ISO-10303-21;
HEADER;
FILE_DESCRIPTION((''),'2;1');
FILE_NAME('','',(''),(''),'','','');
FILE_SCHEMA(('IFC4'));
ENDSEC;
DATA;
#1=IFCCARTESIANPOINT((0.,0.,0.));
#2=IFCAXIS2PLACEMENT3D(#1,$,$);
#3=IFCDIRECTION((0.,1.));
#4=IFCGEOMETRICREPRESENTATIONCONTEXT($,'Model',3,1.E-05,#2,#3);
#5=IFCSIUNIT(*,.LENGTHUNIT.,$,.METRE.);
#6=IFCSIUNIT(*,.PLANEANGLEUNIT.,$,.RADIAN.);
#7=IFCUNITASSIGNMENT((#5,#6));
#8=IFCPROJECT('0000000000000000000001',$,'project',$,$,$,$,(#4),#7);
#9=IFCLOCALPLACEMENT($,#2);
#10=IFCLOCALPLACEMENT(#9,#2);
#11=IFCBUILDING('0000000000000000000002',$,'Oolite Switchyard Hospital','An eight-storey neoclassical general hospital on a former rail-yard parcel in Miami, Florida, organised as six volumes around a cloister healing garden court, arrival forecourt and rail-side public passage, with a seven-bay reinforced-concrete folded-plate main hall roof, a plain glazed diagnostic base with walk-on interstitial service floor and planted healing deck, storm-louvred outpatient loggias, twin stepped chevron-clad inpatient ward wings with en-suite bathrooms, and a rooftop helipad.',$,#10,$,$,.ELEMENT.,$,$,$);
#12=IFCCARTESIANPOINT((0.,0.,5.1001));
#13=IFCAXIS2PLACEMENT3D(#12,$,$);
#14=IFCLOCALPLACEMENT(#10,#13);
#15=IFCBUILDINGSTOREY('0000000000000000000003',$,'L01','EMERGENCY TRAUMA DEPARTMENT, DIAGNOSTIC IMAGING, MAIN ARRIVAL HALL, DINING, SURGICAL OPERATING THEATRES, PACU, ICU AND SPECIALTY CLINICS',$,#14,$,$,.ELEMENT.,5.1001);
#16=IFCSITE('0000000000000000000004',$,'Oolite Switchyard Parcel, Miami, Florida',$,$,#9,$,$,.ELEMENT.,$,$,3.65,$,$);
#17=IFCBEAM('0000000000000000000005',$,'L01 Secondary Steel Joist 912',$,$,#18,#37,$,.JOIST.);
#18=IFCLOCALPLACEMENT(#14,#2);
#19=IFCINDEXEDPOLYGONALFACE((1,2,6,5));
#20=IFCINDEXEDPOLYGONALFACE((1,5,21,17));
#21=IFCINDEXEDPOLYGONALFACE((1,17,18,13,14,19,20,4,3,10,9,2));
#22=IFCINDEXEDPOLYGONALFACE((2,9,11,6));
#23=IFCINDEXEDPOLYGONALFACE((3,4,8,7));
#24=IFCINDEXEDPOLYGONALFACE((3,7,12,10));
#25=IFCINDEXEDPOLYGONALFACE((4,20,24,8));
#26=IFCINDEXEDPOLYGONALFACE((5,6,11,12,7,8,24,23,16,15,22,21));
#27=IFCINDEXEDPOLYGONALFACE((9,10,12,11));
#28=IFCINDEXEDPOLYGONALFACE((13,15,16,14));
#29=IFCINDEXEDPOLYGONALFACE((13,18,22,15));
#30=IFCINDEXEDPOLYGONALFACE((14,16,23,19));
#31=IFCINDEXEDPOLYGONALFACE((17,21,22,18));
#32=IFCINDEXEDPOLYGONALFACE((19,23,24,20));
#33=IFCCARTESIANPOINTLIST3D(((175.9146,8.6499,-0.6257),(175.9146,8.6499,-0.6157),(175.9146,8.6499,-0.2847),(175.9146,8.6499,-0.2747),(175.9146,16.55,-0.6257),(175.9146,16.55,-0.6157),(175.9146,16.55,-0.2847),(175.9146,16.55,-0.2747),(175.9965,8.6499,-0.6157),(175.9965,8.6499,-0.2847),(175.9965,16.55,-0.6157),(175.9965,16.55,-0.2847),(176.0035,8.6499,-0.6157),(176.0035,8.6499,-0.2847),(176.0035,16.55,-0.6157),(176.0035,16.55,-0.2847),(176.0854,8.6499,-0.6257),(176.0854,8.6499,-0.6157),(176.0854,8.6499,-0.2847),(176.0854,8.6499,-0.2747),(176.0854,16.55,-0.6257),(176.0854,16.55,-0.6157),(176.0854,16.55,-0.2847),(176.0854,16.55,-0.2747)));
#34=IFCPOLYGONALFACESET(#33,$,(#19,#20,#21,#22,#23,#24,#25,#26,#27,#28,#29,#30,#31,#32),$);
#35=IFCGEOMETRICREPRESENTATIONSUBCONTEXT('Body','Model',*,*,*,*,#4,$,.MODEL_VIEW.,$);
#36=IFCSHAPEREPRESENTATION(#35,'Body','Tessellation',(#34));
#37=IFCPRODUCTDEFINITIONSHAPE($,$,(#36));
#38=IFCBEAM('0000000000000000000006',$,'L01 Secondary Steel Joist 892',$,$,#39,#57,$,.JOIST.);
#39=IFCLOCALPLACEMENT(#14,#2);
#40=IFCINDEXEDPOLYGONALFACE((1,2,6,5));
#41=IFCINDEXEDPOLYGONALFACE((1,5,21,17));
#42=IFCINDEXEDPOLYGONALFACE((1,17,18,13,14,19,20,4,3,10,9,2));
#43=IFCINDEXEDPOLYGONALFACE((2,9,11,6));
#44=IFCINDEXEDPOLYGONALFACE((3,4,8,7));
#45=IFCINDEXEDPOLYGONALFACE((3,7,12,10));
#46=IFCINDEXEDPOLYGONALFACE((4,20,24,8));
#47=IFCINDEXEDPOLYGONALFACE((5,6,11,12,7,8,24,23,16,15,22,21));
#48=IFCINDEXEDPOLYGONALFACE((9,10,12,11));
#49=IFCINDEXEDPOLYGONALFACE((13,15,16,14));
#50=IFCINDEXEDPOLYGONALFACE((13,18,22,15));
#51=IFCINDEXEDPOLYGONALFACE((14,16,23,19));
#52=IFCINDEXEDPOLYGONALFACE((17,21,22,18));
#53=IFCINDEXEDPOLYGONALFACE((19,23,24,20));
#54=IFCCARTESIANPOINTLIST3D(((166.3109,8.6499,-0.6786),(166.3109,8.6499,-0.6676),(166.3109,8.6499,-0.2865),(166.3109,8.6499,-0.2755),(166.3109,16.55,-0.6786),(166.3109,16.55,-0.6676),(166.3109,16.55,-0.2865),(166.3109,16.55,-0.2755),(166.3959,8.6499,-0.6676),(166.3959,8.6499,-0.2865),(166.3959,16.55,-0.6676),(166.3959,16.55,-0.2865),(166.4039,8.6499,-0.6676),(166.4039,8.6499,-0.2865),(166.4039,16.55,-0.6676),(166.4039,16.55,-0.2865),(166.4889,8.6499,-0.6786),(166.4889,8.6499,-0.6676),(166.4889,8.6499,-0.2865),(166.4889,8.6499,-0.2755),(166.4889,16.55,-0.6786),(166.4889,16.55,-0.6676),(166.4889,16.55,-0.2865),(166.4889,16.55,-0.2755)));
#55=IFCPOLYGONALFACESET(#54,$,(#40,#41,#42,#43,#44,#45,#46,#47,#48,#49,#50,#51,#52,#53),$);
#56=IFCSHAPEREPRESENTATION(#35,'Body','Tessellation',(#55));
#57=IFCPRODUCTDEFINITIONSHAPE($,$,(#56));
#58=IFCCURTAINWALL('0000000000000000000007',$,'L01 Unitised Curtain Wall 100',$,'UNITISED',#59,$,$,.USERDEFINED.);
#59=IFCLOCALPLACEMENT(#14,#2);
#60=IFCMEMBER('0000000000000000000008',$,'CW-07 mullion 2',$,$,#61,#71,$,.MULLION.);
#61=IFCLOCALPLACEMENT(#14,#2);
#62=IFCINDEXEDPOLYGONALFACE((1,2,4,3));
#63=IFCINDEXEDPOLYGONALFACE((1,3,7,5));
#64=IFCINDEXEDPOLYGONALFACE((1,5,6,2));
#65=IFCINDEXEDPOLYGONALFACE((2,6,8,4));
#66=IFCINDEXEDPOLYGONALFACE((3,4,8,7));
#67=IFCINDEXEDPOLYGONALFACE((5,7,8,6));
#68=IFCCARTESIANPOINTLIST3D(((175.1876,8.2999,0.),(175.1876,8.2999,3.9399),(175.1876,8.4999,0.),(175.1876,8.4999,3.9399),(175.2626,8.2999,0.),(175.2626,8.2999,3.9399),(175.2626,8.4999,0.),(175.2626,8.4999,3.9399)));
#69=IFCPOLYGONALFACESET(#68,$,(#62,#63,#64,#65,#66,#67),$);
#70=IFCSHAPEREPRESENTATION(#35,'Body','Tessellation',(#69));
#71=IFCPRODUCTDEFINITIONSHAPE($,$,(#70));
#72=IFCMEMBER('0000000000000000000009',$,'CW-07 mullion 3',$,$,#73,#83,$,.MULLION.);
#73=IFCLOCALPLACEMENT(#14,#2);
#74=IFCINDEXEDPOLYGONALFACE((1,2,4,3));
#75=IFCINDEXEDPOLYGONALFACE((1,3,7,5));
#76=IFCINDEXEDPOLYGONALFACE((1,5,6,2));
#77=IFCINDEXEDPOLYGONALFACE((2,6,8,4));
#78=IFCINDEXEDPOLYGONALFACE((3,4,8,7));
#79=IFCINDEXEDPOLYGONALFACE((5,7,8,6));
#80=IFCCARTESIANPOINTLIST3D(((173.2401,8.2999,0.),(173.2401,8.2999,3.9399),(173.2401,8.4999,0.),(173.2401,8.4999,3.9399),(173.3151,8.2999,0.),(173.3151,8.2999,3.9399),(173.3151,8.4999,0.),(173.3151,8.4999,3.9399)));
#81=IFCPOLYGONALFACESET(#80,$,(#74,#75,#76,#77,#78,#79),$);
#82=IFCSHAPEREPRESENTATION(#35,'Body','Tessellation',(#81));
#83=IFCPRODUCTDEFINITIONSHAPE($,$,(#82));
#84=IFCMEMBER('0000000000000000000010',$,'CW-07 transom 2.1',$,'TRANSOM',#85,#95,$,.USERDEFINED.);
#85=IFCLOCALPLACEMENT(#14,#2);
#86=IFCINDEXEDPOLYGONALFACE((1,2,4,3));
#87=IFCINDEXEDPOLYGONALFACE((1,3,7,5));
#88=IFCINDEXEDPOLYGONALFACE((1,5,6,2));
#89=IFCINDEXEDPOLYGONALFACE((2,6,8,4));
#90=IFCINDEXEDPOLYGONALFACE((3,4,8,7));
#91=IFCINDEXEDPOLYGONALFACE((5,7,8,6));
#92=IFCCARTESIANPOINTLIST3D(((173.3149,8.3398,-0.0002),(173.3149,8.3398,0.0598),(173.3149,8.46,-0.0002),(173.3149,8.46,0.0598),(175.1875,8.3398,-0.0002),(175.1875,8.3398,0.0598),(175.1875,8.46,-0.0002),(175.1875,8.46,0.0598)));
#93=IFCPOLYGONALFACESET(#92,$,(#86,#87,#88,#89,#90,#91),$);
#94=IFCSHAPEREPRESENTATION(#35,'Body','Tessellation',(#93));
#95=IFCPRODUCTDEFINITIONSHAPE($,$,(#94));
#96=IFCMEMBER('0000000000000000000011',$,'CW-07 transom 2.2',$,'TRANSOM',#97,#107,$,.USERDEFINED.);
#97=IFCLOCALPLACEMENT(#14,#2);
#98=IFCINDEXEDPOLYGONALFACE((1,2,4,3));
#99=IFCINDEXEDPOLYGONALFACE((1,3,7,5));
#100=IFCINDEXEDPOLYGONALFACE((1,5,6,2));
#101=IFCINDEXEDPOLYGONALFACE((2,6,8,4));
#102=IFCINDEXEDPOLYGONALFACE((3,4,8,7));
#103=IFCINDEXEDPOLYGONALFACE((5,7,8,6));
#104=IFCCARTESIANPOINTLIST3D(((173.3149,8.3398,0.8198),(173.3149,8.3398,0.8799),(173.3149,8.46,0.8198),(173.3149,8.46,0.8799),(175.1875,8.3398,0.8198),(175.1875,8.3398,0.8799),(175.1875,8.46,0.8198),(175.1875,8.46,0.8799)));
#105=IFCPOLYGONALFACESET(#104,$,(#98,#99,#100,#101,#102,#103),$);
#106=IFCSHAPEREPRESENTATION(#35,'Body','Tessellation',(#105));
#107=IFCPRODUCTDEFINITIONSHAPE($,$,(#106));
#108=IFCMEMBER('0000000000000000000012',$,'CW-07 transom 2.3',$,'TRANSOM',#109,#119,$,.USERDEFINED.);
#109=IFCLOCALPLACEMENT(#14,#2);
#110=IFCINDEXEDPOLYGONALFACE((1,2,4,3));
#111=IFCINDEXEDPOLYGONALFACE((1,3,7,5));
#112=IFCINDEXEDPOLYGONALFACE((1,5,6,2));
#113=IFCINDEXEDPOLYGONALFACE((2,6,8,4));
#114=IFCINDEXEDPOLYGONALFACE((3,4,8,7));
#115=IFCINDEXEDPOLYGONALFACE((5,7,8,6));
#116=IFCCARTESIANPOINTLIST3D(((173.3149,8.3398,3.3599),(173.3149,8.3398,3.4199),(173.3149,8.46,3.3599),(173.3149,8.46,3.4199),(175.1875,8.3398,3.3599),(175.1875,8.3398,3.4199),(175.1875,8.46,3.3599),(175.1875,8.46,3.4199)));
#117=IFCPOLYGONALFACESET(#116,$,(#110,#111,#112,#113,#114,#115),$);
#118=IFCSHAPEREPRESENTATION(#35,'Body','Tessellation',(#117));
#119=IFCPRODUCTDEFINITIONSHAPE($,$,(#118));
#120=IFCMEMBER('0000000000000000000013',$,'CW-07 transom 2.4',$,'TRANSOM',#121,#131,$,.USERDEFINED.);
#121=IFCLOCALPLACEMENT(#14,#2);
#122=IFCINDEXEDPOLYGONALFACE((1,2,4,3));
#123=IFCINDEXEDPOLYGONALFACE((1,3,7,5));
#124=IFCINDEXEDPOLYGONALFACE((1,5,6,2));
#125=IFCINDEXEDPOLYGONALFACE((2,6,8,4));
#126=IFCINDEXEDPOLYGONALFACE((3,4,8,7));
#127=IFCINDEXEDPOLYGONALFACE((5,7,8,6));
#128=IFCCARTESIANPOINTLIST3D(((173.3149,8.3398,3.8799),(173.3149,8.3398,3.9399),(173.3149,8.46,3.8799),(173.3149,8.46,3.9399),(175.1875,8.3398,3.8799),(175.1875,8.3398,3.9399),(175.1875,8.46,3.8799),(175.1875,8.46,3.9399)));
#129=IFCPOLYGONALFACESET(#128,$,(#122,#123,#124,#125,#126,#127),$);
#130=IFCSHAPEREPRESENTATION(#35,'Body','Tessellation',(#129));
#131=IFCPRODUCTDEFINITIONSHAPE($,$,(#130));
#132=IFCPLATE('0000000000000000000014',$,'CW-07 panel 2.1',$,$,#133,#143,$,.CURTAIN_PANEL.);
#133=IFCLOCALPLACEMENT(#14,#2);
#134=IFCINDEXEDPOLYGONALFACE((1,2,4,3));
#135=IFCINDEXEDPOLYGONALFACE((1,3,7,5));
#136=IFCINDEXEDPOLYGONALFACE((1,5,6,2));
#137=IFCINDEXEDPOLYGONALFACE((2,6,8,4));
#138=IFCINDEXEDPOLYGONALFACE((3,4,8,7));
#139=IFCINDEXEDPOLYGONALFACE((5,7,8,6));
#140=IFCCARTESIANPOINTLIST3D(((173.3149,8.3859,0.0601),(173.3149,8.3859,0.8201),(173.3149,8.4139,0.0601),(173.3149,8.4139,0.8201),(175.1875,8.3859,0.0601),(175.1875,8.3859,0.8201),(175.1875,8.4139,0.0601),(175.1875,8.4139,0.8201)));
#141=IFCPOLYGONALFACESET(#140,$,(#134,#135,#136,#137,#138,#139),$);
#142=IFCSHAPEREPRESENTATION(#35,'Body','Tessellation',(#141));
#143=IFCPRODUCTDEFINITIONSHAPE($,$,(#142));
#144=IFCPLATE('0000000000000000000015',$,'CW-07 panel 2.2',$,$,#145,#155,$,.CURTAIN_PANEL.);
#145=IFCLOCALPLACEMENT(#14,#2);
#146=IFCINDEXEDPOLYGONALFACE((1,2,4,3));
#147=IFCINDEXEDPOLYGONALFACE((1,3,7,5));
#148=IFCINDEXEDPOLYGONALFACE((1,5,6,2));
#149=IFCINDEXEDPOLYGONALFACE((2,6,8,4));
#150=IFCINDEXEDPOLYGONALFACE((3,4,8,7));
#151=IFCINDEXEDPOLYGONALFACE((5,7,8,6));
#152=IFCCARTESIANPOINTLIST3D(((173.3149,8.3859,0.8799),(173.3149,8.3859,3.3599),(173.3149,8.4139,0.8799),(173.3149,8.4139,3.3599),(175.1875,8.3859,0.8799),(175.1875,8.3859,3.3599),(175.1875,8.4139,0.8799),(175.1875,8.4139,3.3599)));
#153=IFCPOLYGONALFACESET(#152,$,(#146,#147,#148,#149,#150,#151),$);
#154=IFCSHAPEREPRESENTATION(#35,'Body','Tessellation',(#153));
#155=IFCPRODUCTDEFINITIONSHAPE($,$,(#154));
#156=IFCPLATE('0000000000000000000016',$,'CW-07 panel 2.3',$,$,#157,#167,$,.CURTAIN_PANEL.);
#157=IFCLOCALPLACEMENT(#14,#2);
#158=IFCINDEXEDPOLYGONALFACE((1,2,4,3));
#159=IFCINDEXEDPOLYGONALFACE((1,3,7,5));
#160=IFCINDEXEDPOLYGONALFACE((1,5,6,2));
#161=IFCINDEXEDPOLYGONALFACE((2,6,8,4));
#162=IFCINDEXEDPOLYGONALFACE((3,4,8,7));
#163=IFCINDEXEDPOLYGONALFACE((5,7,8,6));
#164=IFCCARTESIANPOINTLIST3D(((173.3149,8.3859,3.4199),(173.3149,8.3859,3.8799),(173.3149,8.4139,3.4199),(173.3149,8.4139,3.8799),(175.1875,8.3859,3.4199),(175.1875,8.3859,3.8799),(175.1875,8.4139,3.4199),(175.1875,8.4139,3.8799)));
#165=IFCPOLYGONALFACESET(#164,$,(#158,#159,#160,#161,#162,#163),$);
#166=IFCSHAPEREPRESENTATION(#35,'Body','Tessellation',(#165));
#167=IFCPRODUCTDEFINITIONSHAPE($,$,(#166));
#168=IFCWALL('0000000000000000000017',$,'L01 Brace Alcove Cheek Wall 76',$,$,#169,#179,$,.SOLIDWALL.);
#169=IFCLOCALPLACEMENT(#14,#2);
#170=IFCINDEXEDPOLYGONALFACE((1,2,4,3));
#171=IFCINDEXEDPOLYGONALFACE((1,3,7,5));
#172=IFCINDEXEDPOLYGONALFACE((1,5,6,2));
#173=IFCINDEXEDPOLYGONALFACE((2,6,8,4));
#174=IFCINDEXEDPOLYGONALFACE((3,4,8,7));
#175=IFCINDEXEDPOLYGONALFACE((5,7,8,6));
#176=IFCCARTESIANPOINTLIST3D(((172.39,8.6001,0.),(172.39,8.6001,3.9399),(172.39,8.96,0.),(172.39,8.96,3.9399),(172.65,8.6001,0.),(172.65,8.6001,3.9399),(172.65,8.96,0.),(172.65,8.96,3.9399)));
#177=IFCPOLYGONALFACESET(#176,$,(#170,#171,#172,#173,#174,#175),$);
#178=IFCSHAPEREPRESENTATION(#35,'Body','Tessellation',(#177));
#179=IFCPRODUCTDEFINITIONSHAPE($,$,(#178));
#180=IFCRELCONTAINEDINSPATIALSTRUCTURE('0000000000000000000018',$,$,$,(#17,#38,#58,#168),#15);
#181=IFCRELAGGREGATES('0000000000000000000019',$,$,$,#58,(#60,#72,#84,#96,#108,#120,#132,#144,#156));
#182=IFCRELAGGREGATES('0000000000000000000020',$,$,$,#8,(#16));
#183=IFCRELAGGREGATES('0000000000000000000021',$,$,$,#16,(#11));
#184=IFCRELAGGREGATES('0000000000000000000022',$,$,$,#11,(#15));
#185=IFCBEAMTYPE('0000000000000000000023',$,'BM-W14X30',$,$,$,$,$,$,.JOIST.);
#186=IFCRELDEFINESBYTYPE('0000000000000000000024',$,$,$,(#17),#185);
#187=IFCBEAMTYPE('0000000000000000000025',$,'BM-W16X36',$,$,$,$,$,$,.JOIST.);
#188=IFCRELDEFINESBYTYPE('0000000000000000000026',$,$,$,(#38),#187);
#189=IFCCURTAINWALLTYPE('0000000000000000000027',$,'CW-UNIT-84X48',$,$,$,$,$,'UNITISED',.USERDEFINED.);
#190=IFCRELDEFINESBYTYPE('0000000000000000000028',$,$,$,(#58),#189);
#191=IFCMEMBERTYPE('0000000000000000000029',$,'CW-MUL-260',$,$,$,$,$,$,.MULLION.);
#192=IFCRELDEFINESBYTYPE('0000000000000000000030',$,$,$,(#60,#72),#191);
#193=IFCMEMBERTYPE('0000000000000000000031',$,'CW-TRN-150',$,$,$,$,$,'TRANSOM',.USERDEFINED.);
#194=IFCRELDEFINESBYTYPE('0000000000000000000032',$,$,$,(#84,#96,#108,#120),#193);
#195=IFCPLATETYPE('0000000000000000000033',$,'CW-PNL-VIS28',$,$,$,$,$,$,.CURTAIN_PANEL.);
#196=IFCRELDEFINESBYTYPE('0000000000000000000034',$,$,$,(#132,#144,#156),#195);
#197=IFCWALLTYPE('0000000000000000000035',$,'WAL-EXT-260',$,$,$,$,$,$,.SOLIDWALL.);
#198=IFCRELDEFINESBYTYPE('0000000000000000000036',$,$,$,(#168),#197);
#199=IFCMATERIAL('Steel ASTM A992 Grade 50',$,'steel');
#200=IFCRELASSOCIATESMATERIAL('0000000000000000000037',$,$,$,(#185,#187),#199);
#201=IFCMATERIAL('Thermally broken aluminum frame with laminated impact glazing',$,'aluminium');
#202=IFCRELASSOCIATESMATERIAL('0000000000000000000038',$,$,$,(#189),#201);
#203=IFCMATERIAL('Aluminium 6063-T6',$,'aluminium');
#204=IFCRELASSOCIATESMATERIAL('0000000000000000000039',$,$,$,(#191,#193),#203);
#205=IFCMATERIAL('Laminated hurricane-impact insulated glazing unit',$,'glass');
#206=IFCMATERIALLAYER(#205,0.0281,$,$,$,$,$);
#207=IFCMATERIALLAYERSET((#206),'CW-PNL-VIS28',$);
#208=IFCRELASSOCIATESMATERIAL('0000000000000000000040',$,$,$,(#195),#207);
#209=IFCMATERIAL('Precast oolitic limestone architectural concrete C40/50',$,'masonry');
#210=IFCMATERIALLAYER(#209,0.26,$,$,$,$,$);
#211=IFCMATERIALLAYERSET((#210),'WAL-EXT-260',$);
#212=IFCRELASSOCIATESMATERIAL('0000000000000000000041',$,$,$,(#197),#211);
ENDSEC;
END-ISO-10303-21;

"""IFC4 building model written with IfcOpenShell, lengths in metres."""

from ifc_helpers import new_model, si_unit, direction, frame, frame_2d, origin, origin_2d, place, context, subcontext, project, spatial, rectangle, i_section, extrude, material, layer, layer_set, material_profile, profile_set, type_object, element, aggregate, save


model = new_model("IFC4")

# Units and contexts
model_context = context("Model", 3, precision=1e-05, world=origin(), true_north=direction((0.0, 1.0)))
body_context = subcontext(model_context, "Body", "Model", "MODEL_VIEW")
ifc_project = project(units=[si_unit("LENGTHUNIT", "METRE"), si_unit("PLANEANGLEUNIT", "RADIAN")], contexts=[model_context])

# Site, building, storey
site_placement = place(None, origin())
site = spatial("IfcSite", under=ifc_project, at=site_placement, Name="Oolite Switchyard Parcel, Miami, Florida", CompositionType="ELEMENT", RefElevation=3.65)
building_placement = place(site_placement, origin())
building = spatial("IfcBuilding", under=site, at=building_placement, Name="Oolite Switchyard Hospital", Description="An eight-storey neoclassical general hospital on a former rail-yard parcel in Miami, Florida, organised as six volumes around a cloister healing garden court, arrival forecourt and rail-side public passage, with a seven-bay reinforced-concrete folded-plate main hall roof, a plain glazed diagnostic base with walk-on interstitial service floor and planted healing deck, storm-louvred outpatient loggias, twin stepped chevron-clad inpatient ward wings with en-suite bathrooms, and a rooftop helipad.", CompositionType="ELEMENT")
storey_placement = place(building_placement, frame((0.0, 0.0, 5.1001)))
storey = spatial("IfcBuildingStorey", under=building, at=storey_placement, Name="L01", Description="EMERGENCY TRAUMA DEPARTMENT, DIAGNOSTIC IMAGING, MAIN ARRIVAL HALL, DINING, SURGICAL OPERATING THEATRES, PACU, ICU AND SPECIALTY CLINICS", CompositionType="ELEMENT", Elevation=5.1001)

# Beams
ifc_material_1 = material(Name="Steel ASTM A992 Grade 50", Category="steel")
ifc_material_profile_1 = material_profile(ifc_material_1, i_section(OverallWidth=0.1709, OverallDepth=0.3511, WebThickness=0.0071, FlangeThickness=0.01, at=origin_2d()), Name="W14X30")
ifc_profile_set_1 = profile_set([ifc_material_profile_1], Name="Steel ASTM A992 Grade 50")
beam_type_1 = type_object("IfcBeamType", Name="BM-W14X30", PredefinedType="JOIST", material=ifc_profile_set_1)
beam_1_placement = place(storey_placement, frame((176.0, 8.6499, -0.4502), z_axis=(0.0, 1.0, 0.0), x_axis=(-1.0, 0.0, 0.0)))
element("IfcBeam", 1, at=beam_1_placement, inside=storey, type_object=beam_type_1, Name="L01 Secondary Steel Joist 912", PredefinedType="JOIST", context=body_context, shape_type="SweptSolid", body=[
    extrude(i_section(OverallWidth=0.1709, OverallDepth=0.3511, WebThickness=0.0071, FlangeThickness=0.01, at=origin_2d()), origin(), (0.0, 0.0, 1.0), 7.9001),
])
ifc_material_profile_2 = material_profile(ifc_material_1, i_section(OverallWidth=0.178, OverallDepth=0.4031, WebThickness=0.0081, FlangeThickness=0.011, at=origin_2d()), Name="W16X36")
ifc_profile_set_2 = profile_set([ifc_material_profile_2], Name="Steel ASTM A992 Grade 50")
beam_type_2 = type_object("IfcBeamType", Name="BM-W16X36", PredefinedType="JOIST", material=ifc_profile_set_2)
beam_2_placement = place(storey_placement, frame((166.3999, 8.6499, -0.4771), z_axis=(0.0, 1.0, 0.0), x_axis=(-1.0, 0.0, 0.0)))
element("IfcBeam", 2, at=beam_2_placement, inside=storey, type_object=beam_type_2, Name="L01 Secondary Steel Joist 892", PredefinedType="JOIST", context=body_context, shape_type="SweptSolid", body=[
    extrude(i_section(OverallWidth=0.178, OverallDepth=0.4031, WebThickness=0.0081, FlangeThickness=0.011, at=origin_2d()), origin(), (0.0, 0.0, 1.0), 7.9001),
])

# Curtain wall, members, plates
ifc_material_2 = material(Name="Thermally broken aluminum frame with laminated impact glazing", Category="aluminium")
curtain_wall_type = type_object("IfcCurtainWallType", Name="CW-UNIT-84X48", ElementType="UNITISED", PredefinedType="USERDEFINED", material=ifc_material_2)
curtain_wall_placement = place(storey_placement, origin())
curtain_wall = element("IfcCurtainWall", 3, at=curtain_wall_placement, inside=storey, type_object=curtain_wall_type, Name="L01 Unitised Curtain Wall 100", ObjectType="UNITISED", PredefinedType="USERDEFINED")
ifc_material_3 = material(Name="Aluminium 6063-T6", Category="aluminium")
ifc_material_profile_3 = material_profile(ifc_material_3, rectangle(XDim=0.2, YDim=0.075, at=origin_2d()), Name="CWM75X200")
ifc_profile_set_3 = profile_set([ifc_material_profile_3], Name="Aluminium 6063-T6")
member_type_1 = type_object("IfcMemberType", Name="CW-MUL-260", PredefinedType="MULLION", material=ifc_profile_set_3)
member_1_placement = place(storey_placement, frame((175.2251, 8.3999, 0.0), z_axis=(0.0, 0.0, 1.0), x_axis=(0.0, -1.0, 0.0)))
member_1 = element("IfcMember", 4, at=member_1_placement, type_object=member_type_1, Name="CW-07 mullion 2", PredefinedType="MULLION", context=body_context, shape_type="SweptSolid", body=[
    extrude(rectangle(XDim=0.2, YDim=0.075, at=origin_2d()), origin(), (0.0, 0.0, 1.0), 3.9399),
])
member_2_placement = place(storey_placement, frame((173.2776, 8.3999, 0.0), z_axis=(0.0, 0.0, 1.0), x_axis=(0.0, -1.0, 0.0)))
member_2 = element("IfcMember", 5, at=member_2_placement, type_object=member_type_1, Name="CW-07 mullion 3", PredefinedType="MULLION", context=body_context, shape_type="SweptSolid", body=[
    extrude(rectangle(XDim=0.2, YDim=0.075, at=origin_2d()), origin(), (0.0, 0.0, 1.0), 3.9399),
])
ifc_material_profile_4 = material_profile(ifc_material_3, rectangle(XDim=0.1201, YDim=0.0601, at=origin_2d()), Name="CWT60X120")
ifc_profile_set_4 = profile_set([ifc_material_profile_4], Name="Aluminium 6063-T6")
member_type_2 = type_object("IfcMemberType", Name="CW-TRN-150", ElementType="TRANSOM", PredefinedType="USERDEFINED", material=ifc_profile_set_4)
member_3_placement = place(storey_placement, frame((175.1875, 8.3999, 0.0298), z_axis=(-1.0, 0.0, 0.0), x_axis=(0.0, -1.0, 0.0)))
member_3 = element("IfcMember", 6, at=member_3_placement, type_object=member_type_2, Name="CW-07 transom 2.1", ObjectType="TRANSOM", PredefinedType="USERDEFINED", context=body_context, shape_type="SweptSolid", body=[
    extrude(rectangle(XDim=0.1201, YDim=0.0601, at=origin_2d()), origin(), (0.0, 0.0, 1.0), 1.8726),
])
member_4_placement = place(storey_placement, frame((175.1875, 8.3999, 0.8499), z_axis=(-1.0, 0.0, 0.0), x_axis=(0.0, -1.0, 0.0)))
member_4 = element("IfcMember", 7, at=member_4_placement, type_object=member_type_2, Name="CW-07 transom 2.2", ObjectType="TRANSOM", PredefinedType="USERDEFINED", context=body_context, shape_type="SweptSolid", body=[
    extrude(rectangle(XDim=0.1201, YDim=0.0601, at=origin_2d()), origin(), (0.0, 0.0, 1.0), 1.8726),
])
member_5_placement = place(storey_placement, frame((175.1875, 8.3999, 3.3899), z_axis=(-1.0, 0.0, 0.0), x_axis=(0.0, -1.0, 0.0)))
member_5 = element("IfcMember", 8, at=member_5_placement, type_object=member_type_2, Name="CW-07 transom 2.3", ObjectType="TRANSOM", PredefinedType="USERDEFINED", context=body_context, shape_type="SweptSolid", body=[
    extrude(rectangle(XDim=0.1201, YDim=0.0601, at=origin_2d()), origin(), (0.0, 0.0, 1.0), 1.8726),
])
member_6_placement = place(storey_placement, frame((175.1875, 8.3999, 3.9099), z_axis=(-1.0, 0.0, 0.0), x_axis=(0.0, -1.0, 0.0)))
member_6 = element("IfcMember", 9, at=member_6_placement, type_object=member_type_2, Name="CW-07 transom 2.4", ObjectType="TRANSOM", PredefinedType="USERDEFINED", context=body_context, shape_type="SweptSolid", body=[
    extrude(rectangle(XDim=0.1201, YDim=0.0601, at=origin_2d()), origin(), (0.0, 0.0, 1.0), 1.8726),
])
ifc_material_4 = material(Name="Laminated hurricane-impact insulated glazing unit", Category="glass")
ifc_layer_1 = layer(ifc_material_4, 0.0281)
ifc_layer_set_1 = layer_set([ifc_layer_1], Name="CW-PNL-VIS28")
plate_type = type_object("IfcPlateType", Name="CW-PNL-VIS28", PredefinedType="CURTAIN_PANEL", material=ifc_layer_set_1)
plate_1_placement = place(storey_placement, frame((174.2512, 8.3999, 0.0601), z_axis=(0.0, 0.0, 1.0), x_axis=(-1.0, 0.0, 0.0)))
plate_1 = element("IfcPlate", 10, at=plate_1_placement, type_object=plate_type, Name="CW-07 panel 2.1", PredefinedType="CURTAIN_PANEL", context=body_context, shape_type="SweptSolid", body=[
    extrude(rectangle(XDim=1.8726, YDim=0.0281, at=origin_2d()), origin(), (0.0, 0.0, 1.0), 0.76),
])
plate_2_placement = place(storey_placement, frame((174.2512, 8.3999, 0.8799), z_axis=(0.0, 0.0, 1.0), x_axis=(-1.0, 0.0, 0.0)))
plate_2 = element("IfcPlate", 11, at=plate_2_placement, type_object=plate_type, Name="CW-07 panel 2.2", PredefinedType="CURTAIN_PANEL", context=body_context, shape_type="SweptSolid", body=[
    extrude(rectangle(XDim=1.8726, YDim=0.0281, at=origin_2d()), origin(), (0.0, 0.0, 1.0), 2.48),
])
plate_3_placement = place(storey_placement, frame((174.2512, 8.3999, 3.4199), z_axis=(0.0, 0.0, 1.0), x_axis=(-1.0, 0.0, 0.0)))
plate_3 = element("IfcPlate", 12, at=plate_3_placement, type_object=plate_type, Name="CW-07 panel 2.3", PredefinedType="CURTAIN_PANEL", context=body_context, shape_type="SweptSolid", body=[
    extrude(rectangle(XDim=1.8726, YDim=0.0281, at=origin_2d()), origin(), (0.0, 0.0, 1.0), 0.46),
])
aggregate(curtain_wall, [member_1, member_2, member_3, member_4, member_5, member_6, plate_1, plate_2, plate_3])

# Wall
ifc_material_5 = material(Name="Precast oolitic limestone architectural concrete C40/50", Category="masonry")
ifc_layer_2 = layer(ifc_material_5, 0.26)
ifc_layer_set_2 = layer_set([ifc_layer_2], Name="WAL-EXT-260")
wall_type_1 = type_object("IfcWallType", Name="WAL-EXT-260", PredefinedType="SOLIDWALL", material=ifc_layer_set_2)
wall_1_placement = place(storey_placement, frame((172.52, 8.6001, 0.0), z_axis=(0.0, 0.0, 1.0), x_axis=(0.0, 1.0, 0.0)))
element("IfcWall", 13, at=wall_1_placement, inside=storey, type_object=wall_type_1, Name="L01 Brace Alcove Cheek Wall 76", PredefinedType="SOLIDWALL", context=body_context, shape_type="SweptSolid", body=[
    extrude(rectangle(XDim=0.3599, YDim=0.26, at=frame_2d((0.1799, 0.0))), origin(), (0.0, 0.0, 1.0), 3.9399),
])

save(model, "model.ifc")
